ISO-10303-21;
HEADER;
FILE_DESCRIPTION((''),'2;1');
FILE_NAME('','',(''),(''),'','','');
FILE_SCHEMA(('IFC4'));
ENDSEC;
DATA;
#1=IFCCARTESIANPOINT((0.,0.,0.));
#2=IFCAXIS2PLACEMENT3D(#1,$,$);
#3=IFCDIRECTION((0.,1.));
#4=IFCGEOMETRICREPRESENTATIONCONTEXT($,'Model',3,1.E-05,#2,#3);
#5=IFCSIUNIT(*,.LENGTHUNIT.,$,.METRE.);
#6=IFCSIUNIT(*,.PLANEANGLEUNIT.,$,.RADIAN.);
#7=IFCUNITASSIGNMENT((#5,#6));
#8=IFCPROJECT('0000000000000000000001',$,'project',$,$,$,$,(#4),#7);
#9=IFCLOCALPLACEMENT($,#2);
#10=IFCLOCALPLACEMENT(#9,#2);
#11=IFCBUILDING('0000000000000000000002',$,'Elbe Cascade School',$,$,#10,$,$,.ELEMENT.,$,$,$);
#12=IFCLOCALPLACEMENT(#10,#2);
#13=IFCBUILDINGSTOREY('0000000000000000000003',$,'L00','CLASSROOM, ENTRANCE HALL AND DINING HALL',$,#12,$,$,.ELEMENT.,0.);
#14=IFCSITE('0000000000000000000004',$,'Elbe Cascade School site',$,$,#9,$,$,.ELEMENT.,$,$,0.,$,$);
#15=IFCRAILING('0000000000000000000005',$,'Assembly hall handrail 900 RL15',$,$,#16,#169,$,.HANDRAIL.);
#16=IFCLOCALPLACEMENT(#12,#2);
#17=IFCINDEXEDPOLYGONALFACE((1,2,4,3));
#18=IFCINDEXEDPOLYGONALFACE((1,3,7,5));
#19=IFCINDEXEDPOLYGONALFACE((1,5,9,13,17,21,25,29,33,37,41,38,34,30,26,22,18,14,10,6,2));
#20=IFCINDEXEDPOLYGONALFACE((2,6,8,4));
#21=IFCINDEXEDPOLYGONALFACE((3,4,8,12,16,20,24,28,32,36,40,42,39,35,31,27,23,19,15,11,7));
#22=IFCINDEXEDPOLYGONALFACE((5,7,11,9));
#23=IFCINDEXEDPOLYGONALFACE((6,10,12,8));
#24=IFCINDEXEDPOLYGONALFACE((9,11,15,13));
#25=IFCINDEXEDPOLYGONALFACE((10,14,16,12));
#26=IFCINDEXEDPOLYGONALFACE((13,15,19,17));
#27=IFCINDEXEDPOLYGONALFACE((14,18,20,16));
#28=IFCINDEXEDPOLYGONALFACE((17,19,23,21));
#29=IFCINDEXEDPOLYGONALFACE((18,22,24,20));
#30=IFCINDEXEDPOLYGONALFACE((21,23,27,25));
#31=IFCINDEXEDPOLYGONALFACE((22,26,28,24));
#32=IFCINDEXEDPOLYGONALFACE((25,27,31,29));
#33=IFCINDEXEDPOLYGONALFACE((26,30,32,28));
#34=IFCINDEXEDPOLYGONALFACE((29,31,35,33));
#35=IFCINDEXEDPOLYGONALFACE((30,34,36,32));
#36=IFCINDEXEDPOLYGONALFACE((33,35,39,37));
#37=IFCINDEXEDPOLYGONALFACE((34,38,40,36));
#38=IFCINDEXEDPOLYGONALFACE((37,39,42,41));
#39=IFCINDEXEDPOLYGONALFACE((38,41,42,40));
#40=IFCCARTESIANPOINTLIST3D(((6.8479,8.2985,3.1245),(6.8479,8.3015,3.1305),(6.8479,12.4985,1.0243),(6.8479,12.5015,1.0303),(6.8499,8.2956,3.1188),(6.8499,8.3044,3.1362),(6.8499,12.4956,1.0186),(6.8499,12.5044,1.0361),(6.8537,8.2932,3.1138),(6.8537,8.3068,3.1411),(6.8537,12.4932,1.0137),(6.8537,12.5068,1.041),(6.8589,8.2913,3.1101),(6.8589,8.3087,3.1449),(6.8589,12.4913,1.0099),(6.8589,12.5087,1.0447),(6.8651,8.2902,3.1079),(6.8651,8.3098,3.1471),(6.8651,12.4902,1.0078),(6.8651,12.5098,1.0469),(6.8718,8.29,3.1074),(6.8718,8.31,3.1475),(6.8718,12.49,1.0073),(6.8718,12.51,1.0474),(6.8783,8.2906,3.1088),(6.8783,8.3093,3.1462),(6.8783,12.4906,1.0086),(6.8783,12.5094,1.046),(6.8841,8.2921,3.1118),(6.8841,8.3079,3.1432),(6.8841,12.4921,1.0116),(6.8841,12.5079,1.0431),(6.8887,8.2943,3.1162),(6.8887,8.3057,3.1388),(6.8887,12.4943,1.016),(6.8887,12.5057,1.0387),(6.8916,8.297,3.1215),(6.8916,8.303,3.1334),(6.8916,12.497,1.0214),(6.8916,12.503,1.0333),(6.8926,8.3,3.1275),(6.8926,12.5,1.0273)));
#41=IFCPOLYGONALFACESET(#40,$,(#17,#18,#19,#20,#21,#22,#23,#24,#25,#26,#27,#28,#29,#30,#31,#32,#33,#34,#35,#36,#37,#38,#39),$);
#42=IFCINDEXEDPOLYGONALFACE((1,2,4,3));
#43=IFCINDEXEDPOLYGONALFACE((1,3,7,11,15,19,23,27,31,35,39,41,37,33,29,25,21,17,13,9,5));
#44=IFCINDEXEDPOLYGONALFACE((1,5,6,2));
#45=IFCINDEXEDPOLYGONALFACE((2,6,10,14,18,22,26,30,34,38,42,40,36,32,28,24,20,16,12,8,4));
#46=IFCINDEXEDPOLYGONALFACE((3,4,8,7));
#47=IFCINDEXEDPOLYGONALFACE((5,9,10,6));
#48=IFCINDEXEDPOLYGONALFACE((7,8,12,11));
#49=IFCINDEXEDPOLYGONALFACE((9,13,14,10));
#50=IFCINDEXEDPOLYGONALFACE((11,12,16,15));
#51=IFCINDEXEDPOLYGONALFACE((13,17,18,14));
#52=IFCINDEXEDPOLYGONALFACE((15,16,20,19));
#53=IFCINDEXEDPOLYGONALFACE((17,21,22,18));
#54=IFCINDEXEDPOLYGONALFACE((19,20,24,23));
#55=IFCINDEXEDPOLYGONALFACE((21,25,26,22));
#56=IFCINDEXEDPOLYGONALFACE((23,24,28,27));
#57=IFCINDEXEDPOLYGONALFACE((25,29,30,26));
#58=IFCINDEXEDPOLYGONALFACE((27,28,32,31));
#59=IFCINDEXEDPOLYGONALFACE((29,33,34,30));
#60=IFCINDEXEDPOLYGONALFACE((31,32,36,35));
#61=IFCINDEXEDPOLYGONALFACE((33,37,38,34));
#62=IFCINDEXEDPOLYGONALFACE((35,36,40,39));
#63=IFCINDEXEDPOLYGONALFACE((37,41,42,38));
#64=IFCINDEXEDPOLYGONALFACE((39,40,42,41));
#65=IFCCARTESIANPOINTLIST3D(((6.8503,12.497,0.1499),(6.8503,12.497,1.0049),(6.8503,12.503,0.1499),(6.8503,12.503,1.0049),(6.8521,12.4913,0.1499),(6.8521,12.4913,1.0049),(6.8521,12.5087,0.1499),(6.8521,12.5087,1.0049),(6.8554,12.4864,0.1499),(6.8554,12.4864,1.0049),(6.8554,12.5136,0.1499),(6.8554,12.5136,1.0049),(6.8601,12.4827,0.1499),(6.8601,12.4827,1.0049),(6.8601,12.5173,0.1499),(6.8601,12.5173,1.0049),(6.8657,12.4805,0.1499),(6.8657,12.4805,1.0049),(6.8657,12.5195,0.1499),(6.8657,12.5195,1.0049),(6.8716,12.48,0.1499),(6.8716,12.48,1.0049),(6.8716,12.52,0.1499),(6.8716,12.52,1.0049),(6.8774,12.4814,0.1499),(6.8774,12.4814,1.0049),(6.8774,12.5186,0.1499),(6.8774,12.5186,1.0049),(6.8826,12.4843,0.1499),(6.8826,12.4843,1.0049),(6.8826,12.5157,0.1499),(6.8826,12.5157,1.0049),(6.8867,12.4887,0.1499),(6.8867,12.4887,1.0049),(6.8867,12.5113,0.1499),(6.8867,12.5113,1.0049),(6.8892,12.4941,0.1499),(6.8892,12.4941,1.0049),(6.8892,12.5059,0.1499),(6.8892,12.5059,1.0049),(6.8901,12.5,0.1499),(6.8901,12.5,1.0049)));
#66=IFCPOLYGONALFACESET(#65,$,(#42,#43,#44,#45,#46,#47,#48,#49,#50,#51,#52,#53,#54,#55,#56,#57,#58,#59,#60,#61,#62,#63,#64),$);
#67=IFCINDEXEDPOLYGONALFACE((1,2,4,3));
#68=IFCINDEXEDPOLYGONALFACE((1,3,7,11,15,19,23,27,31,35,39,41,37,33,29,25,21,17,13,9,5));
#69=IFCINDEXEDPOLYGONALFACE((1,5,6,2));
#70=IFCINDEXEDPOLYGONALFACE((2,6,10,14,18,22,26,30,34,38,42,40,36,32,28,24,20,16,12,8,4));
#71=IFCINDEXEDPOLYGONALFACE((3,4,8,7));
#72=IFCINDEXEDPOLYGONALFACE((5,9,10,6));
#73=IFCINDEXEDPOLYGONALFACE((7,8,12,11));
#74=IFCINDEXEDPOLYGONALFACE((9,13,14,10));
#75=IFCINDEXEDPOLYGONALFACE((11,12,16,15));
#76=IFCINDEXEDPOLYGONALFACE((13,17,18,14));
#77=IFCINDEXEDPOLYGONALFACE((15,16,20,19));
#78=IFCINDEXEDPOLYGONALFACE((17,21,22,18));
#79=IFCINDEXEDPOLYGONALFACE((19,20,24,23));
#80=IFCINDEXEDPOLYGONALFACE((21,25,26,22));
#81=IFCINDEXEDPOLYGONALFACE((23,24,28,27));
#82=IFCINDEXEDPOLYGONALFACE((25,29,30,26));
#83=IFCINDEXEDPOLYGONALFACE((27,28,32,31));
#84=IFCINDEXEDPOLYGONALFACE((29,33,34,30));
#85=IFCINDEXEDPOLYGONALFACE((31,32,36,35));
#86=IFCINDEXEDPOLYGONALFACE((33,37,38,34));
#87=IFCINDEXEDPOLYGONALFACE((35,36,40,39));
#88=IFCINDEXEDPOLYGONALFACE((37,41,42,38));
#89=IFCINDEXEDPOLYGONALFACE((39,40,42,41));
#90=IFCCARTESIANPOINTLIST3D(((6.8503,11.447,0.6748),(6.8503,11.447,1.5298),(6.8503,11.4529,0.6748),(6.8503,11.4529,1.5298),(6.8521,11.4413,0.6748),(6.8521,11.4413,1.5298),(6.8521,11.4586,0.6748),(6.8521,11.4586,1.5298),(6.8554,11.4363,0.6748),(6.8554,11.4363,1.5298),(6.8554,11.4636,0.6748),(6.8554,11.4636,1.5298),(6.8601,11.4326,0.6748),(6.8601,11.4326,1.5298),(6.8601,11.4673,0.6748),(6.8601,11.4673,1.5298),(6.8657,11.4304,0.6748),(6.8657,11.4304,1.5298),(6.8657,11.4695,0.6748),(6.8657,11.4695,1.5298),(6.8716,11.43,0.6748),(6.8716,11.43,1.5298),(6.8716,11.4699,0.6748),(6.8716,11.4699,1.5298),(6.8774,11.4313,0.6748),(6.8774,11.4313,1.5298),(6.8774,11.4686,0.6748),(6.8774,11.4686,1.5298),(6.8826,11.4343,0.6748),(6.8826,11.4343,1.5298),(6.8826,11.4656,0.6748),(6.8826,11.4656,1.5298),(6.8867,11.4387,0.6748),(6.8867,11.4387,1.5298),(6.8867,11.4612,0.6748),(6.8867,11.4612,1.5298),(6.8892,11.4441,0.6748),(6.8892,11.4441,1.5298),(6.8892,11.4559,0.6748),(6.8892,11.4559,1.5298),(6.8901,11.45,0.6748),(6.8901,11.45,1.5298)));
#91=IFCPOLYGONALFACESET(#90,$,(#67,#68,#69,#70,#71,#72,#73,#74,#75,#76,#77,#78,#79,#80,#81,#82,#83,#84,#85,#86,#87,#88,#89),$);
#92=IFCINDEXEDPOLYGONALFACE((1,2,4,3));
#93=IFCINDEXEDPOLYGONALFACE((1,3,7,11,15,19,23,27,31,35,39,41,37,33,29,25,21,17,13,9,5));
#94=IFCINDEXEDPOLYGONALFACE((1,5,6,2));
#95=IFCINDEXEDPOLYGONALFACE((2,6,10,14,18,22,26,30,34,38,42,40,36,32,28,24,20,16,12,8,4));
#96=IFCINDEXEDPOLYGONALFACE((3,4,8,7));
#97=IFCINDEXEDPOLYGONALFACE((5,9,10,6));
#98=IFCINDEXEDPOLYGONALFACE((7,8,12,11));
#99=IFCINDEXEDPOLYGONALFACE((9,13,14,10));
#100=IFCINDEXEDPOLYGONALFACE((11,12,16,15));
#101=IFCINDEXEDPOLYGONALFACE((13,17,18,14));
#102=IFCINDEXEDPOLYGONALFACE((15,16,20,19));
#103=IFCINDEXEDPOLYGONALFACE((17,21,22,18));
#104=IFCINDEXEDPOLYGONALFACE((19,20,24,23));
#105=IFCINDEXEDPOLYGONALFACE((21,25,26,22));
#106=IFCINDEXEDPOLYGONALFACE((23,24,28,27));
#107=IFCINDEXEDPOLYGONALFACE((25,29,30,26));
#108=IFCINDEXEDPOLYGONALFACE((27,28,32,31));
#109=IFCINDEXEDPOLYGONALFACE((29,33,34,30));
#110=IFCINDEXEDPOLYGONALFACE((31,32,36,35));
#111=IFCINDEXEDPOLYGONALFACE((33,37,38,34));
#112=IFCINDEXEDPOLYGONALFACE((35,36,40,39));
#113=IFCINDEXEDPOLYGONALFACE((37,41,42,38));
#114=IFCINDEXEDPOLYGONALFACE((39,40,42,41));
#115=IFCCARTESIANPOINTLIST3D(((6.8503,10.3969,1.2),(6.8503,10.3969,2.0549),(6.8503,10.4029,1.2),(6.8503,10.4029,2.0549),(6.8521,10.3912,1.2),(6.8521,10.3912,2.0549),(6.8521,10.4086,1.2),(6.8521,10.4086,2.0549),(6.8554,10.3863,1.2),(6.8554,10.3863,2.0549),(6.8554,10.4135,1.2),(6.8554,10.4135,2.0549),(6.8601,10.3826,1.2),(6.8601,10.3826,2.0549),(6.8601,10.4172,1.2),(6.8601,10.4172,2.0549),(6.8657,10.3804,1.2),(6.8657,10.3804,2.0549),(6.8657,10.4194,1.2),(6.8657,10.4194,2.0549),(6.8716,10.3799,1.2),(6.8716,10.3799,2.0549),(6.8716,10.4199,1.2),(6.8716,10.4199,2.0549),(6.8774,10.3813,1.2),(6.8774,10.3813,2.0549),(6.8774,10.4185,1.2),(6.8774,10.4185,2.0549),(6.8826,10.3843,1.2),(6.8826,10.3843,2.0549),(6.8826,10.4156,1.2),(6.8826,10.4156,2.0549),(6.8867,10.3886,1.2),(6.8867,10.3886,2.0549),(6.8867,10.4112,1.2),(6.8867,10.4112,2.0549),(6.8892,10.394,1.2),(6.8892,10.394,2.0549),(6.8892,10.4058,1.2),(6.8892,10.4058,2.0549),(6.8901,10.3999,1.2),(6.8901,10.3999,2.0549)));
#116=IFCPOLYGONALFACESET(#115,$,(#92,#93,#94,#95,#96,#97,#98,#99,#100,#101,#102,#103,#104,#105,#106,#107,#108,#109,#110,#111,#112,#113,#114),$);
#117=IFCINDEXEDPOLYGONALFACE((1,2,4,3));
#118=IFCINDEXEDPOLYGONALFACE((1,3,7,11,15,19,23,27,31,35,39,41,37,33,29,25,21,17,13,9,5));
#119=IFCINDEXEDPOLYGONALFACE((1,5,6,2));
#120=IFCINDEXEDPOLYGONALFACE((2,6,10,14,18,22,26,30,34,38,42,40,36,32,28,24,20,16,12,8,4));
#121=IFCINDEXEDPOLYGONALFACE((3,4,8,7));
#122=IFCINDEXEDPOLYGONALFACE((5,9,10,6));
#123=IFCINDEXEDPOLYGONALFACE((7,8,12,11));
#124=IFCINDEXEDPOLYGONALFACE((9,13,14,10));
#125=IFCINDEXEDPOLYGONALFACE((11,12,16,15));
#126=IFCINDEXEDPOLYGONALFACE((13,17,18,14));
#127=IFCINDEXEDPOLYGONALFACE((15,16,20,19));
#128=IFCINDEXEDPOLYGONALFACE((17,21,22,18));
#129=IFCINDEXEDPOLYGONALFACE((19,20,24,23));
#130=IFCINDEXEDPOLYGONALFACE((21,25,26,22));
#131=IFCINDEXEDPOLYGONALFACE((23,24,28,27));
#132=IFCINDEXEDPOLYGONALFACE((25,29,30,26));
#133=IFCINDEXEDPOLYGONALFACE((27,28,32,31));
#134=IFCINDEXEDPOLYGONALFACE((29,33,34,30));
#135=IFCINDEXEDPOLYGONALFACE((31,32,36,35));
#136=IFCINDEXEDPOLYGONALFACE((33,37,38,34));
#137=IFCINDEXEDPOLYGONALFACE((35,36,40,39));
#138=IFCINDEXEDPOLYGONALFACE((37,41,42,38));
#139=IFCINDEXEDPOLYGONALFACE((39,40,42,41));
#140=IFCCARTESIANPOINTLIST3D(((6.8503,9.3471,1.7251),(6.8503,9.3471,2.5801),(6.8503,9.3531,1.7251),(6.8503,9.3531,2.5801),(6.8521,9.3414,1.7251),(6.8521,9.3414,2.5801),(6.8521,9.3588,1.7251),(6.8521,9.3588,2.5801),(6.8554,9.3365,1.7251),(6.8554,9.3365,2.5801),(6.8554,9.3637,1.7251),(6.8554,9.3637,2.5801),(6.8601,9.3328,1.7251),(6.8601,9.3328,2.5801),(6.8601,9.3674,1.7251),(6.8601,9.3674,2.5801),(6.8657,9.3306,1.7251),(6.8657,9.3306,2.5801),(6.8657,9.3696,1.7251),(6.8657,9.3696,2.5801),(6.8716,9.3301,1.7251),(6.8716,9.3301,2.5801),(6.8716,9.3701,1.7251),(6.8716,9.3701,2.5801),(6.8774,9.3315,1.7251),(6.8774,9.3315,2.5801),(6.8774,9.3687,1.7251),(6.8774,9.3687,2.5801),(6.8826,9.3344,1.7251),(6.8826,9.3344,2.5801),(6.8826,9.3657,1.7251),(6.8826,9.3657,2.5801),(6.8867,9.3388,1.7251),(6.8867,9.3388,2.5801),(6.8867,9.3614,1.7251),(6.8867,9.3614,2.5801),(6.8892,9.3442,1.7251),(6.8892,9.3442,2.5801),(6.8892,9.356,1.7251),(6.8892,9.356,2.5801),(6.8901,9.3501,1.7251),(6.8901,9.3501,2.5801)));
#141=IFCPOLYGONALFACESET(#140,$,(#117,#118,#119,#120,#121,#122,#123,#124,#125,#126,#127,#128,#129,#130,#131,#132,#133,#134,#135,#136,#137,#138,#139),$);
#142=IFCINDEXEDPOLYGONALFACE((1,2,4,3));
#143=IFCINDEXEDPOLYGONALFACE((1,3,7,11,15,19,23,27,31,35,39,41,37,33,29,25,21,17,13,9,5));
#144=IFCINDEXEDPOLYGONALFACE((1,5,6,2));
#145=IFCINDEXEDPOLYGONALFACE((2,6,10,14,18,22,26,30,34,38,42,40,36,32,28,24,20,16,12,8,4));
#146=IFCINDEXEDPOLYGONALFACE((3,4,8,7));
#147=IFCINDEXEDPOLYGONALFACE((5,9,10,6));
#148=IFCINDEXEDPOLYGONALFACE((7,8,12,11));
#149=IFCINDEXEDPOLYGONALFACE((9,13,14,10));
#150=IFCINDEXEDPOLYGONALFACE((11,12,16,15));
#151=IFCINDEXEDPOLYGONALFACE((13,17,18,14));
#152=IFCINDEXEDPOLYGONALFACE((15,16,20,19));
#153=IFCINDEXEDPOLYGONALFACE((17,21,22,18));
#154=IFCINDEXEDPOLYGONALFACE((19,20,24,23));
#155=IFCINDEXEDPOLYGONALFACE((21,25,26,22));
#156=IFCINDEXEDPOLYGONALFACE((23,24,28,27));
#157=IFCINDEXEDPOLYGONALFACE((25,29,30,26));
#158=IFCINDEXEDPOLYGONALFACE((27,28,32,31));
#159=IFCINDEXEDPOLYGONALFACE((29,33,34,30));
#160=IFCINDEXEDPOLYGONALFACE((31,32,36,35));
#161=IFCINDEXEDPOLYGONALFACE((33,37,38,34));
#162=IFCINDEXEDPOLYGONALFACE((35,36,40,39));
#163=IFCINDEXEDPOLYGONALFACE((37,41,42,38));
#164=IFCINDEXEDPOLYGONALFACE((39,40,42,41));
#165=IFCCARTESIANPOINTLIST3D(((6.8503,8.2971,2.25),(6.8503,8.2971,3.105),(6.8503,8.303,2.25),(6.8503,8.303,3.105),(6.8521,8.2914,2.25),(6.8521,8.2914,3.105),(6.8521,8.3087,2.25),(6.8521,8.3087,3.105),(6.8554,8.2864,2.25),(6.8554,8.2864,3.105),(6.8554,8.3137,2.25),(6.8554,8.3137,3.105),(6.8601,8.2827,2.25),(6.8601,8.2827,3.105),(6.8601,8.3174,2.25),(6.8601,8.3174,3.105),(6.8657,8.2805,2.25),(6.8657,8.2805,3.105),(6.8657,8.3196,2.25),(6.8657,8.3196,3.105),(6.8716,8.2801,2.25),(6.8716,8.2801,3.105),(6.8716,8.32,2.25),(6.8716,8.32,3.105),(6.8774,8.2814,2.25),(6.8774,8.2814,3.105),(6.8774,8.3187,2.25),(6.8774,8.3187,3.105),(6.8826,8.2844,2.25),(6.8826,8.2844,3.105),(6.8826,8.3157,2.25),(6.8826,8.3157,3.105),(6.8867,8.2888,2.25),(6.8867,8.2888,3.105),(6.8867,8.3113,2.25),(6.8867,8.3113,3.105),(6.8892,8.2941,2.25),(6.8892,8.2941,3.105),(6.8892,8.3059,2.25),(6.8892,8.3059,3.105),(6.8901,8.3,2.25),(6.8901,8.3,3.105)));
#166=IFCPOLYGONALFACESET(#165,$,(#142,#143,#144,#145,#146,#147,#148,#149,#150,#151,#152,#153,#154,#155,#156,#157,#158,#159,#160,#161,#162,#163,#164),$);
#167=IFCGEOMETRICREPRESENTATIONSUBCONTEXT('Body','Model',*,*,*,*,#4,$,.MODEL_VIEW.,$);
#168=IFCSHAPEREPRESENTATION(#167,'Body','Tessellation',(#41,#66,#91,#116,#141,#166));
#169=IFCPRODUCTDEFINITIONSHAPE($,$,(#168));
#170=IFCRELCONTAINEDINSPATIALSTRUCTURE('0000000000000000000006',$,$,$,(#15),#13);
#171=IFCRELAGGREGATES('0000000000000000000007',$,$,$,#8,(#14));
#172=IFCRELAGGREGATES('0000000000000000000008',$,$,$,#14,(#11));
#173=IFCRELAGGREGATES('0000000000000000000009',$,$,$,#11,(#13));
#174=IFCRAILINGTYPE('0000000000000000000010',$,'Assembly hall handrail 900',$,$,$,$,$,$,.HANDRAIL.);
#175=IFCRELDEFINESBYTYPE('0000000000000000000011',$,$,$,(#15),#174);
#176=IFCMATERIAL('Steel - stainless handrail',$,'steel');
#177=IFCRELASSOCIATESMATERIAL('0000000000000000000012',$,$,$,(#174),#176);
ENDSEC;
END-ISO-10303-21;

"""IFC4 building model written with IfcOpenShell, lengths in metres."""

from ifc_helpers import new_model, si_unit, direction, frame, origin, origin_2d, place, context, subcontext, project, spatial, circle, extrude, material, type_object, element, save


model = new_model("IFC4")

# Units and contexts
model_context = context("Model", 3, precision=1e-05, world=origin(), true_north=direction((0.0, 1.0)))
body_context = subcontext(model_context, "Body", "Model", "MODEL_VIEW")
ifc_project = project(units=[si_unit("LENGTHUNIT", "METRE"), si_unit("PLANEANGLEUNIT", "RADIAN")], contexts=[model_context])

# Site, building, storey
site_placement = place(None, origin())
site = spatial("IfcSite", under=ifc_project, at=site_placement, Name="Elbe Cascade School site", CompositionType="ELEMENT", RefElevation=0.0)
building_placement = place(site_placement, origin())
building = spatial("IfcBuilding", under=site, at=building_placement, Name="Elbe Cascade School", CompositionType="ELEMENT")
storey_placement = place(building_placement, origin())
storey = spatial("IfcBuildingStorey", under=building, at=storey_placement, Name="L00", Description="CLASSROOM, ENTRANCE HALL AND DINING HALL", CompositionType="ELEMENT", Elevation=0.0)

# Railing
ifc_material_1 = material(Name="Steel - stainless handrail", Category="steel")
railing_type = type_object("IfcRailingType", Name="Assembly hall handrail 900", PredefinedType="HANDRAIL", material=ifc_material_1)
for number, where, name in (
    (1, (6.8701, 12.5, 0.1499), "Assembly hall handrail 900 RL15"),
):
    element("IfcRailing", number, at=place(storey_placement, frame(where)), inside=storey, type_object=railing_type, Name=name, PredefinedType="HANDRAIL", context=body_context, shape_type="SweptSolid", body=[
        extrude(circle(Radius=0.0225, at=origin_2d()), frame((0.0, 0.0, 0.8774), z_axis=(0.0, -0.894417, 0.447234), x_axis=(1.0, 0.0, 0.0)), (0.0, 0.0, 1.0), 4.6958),
        extrude(circle(Radius=0.02, at=origin_2d()), origin(), (0.0, 0.0, 1.0), 0.855),
        extrude(circle(Radius=0.02, at=origin_2d()), frame((0.0, -1.05, 0.5249)), (0.0, 0.0, 1.0), 0.855),
        extrude(circle(Radius=0.02, at=origin_2d()), frame((0.0, -2.1001, 1.05)), (0.0, 0.0, 1.0), 0.855),
        extrude(circle(Radius=0.02, at=origin_2d()), frame((0.0, -3.1499, 1.5752)), (0.0, 0.0, 1.0), 0.855),
        extrude(circle(Radius=0.02, at=origin_2d()), frame((0.0, -4.2, 2.1001)), (0.0, 0.0, 1.0), 0.855),
    ])

save(model, "model.ifc")
